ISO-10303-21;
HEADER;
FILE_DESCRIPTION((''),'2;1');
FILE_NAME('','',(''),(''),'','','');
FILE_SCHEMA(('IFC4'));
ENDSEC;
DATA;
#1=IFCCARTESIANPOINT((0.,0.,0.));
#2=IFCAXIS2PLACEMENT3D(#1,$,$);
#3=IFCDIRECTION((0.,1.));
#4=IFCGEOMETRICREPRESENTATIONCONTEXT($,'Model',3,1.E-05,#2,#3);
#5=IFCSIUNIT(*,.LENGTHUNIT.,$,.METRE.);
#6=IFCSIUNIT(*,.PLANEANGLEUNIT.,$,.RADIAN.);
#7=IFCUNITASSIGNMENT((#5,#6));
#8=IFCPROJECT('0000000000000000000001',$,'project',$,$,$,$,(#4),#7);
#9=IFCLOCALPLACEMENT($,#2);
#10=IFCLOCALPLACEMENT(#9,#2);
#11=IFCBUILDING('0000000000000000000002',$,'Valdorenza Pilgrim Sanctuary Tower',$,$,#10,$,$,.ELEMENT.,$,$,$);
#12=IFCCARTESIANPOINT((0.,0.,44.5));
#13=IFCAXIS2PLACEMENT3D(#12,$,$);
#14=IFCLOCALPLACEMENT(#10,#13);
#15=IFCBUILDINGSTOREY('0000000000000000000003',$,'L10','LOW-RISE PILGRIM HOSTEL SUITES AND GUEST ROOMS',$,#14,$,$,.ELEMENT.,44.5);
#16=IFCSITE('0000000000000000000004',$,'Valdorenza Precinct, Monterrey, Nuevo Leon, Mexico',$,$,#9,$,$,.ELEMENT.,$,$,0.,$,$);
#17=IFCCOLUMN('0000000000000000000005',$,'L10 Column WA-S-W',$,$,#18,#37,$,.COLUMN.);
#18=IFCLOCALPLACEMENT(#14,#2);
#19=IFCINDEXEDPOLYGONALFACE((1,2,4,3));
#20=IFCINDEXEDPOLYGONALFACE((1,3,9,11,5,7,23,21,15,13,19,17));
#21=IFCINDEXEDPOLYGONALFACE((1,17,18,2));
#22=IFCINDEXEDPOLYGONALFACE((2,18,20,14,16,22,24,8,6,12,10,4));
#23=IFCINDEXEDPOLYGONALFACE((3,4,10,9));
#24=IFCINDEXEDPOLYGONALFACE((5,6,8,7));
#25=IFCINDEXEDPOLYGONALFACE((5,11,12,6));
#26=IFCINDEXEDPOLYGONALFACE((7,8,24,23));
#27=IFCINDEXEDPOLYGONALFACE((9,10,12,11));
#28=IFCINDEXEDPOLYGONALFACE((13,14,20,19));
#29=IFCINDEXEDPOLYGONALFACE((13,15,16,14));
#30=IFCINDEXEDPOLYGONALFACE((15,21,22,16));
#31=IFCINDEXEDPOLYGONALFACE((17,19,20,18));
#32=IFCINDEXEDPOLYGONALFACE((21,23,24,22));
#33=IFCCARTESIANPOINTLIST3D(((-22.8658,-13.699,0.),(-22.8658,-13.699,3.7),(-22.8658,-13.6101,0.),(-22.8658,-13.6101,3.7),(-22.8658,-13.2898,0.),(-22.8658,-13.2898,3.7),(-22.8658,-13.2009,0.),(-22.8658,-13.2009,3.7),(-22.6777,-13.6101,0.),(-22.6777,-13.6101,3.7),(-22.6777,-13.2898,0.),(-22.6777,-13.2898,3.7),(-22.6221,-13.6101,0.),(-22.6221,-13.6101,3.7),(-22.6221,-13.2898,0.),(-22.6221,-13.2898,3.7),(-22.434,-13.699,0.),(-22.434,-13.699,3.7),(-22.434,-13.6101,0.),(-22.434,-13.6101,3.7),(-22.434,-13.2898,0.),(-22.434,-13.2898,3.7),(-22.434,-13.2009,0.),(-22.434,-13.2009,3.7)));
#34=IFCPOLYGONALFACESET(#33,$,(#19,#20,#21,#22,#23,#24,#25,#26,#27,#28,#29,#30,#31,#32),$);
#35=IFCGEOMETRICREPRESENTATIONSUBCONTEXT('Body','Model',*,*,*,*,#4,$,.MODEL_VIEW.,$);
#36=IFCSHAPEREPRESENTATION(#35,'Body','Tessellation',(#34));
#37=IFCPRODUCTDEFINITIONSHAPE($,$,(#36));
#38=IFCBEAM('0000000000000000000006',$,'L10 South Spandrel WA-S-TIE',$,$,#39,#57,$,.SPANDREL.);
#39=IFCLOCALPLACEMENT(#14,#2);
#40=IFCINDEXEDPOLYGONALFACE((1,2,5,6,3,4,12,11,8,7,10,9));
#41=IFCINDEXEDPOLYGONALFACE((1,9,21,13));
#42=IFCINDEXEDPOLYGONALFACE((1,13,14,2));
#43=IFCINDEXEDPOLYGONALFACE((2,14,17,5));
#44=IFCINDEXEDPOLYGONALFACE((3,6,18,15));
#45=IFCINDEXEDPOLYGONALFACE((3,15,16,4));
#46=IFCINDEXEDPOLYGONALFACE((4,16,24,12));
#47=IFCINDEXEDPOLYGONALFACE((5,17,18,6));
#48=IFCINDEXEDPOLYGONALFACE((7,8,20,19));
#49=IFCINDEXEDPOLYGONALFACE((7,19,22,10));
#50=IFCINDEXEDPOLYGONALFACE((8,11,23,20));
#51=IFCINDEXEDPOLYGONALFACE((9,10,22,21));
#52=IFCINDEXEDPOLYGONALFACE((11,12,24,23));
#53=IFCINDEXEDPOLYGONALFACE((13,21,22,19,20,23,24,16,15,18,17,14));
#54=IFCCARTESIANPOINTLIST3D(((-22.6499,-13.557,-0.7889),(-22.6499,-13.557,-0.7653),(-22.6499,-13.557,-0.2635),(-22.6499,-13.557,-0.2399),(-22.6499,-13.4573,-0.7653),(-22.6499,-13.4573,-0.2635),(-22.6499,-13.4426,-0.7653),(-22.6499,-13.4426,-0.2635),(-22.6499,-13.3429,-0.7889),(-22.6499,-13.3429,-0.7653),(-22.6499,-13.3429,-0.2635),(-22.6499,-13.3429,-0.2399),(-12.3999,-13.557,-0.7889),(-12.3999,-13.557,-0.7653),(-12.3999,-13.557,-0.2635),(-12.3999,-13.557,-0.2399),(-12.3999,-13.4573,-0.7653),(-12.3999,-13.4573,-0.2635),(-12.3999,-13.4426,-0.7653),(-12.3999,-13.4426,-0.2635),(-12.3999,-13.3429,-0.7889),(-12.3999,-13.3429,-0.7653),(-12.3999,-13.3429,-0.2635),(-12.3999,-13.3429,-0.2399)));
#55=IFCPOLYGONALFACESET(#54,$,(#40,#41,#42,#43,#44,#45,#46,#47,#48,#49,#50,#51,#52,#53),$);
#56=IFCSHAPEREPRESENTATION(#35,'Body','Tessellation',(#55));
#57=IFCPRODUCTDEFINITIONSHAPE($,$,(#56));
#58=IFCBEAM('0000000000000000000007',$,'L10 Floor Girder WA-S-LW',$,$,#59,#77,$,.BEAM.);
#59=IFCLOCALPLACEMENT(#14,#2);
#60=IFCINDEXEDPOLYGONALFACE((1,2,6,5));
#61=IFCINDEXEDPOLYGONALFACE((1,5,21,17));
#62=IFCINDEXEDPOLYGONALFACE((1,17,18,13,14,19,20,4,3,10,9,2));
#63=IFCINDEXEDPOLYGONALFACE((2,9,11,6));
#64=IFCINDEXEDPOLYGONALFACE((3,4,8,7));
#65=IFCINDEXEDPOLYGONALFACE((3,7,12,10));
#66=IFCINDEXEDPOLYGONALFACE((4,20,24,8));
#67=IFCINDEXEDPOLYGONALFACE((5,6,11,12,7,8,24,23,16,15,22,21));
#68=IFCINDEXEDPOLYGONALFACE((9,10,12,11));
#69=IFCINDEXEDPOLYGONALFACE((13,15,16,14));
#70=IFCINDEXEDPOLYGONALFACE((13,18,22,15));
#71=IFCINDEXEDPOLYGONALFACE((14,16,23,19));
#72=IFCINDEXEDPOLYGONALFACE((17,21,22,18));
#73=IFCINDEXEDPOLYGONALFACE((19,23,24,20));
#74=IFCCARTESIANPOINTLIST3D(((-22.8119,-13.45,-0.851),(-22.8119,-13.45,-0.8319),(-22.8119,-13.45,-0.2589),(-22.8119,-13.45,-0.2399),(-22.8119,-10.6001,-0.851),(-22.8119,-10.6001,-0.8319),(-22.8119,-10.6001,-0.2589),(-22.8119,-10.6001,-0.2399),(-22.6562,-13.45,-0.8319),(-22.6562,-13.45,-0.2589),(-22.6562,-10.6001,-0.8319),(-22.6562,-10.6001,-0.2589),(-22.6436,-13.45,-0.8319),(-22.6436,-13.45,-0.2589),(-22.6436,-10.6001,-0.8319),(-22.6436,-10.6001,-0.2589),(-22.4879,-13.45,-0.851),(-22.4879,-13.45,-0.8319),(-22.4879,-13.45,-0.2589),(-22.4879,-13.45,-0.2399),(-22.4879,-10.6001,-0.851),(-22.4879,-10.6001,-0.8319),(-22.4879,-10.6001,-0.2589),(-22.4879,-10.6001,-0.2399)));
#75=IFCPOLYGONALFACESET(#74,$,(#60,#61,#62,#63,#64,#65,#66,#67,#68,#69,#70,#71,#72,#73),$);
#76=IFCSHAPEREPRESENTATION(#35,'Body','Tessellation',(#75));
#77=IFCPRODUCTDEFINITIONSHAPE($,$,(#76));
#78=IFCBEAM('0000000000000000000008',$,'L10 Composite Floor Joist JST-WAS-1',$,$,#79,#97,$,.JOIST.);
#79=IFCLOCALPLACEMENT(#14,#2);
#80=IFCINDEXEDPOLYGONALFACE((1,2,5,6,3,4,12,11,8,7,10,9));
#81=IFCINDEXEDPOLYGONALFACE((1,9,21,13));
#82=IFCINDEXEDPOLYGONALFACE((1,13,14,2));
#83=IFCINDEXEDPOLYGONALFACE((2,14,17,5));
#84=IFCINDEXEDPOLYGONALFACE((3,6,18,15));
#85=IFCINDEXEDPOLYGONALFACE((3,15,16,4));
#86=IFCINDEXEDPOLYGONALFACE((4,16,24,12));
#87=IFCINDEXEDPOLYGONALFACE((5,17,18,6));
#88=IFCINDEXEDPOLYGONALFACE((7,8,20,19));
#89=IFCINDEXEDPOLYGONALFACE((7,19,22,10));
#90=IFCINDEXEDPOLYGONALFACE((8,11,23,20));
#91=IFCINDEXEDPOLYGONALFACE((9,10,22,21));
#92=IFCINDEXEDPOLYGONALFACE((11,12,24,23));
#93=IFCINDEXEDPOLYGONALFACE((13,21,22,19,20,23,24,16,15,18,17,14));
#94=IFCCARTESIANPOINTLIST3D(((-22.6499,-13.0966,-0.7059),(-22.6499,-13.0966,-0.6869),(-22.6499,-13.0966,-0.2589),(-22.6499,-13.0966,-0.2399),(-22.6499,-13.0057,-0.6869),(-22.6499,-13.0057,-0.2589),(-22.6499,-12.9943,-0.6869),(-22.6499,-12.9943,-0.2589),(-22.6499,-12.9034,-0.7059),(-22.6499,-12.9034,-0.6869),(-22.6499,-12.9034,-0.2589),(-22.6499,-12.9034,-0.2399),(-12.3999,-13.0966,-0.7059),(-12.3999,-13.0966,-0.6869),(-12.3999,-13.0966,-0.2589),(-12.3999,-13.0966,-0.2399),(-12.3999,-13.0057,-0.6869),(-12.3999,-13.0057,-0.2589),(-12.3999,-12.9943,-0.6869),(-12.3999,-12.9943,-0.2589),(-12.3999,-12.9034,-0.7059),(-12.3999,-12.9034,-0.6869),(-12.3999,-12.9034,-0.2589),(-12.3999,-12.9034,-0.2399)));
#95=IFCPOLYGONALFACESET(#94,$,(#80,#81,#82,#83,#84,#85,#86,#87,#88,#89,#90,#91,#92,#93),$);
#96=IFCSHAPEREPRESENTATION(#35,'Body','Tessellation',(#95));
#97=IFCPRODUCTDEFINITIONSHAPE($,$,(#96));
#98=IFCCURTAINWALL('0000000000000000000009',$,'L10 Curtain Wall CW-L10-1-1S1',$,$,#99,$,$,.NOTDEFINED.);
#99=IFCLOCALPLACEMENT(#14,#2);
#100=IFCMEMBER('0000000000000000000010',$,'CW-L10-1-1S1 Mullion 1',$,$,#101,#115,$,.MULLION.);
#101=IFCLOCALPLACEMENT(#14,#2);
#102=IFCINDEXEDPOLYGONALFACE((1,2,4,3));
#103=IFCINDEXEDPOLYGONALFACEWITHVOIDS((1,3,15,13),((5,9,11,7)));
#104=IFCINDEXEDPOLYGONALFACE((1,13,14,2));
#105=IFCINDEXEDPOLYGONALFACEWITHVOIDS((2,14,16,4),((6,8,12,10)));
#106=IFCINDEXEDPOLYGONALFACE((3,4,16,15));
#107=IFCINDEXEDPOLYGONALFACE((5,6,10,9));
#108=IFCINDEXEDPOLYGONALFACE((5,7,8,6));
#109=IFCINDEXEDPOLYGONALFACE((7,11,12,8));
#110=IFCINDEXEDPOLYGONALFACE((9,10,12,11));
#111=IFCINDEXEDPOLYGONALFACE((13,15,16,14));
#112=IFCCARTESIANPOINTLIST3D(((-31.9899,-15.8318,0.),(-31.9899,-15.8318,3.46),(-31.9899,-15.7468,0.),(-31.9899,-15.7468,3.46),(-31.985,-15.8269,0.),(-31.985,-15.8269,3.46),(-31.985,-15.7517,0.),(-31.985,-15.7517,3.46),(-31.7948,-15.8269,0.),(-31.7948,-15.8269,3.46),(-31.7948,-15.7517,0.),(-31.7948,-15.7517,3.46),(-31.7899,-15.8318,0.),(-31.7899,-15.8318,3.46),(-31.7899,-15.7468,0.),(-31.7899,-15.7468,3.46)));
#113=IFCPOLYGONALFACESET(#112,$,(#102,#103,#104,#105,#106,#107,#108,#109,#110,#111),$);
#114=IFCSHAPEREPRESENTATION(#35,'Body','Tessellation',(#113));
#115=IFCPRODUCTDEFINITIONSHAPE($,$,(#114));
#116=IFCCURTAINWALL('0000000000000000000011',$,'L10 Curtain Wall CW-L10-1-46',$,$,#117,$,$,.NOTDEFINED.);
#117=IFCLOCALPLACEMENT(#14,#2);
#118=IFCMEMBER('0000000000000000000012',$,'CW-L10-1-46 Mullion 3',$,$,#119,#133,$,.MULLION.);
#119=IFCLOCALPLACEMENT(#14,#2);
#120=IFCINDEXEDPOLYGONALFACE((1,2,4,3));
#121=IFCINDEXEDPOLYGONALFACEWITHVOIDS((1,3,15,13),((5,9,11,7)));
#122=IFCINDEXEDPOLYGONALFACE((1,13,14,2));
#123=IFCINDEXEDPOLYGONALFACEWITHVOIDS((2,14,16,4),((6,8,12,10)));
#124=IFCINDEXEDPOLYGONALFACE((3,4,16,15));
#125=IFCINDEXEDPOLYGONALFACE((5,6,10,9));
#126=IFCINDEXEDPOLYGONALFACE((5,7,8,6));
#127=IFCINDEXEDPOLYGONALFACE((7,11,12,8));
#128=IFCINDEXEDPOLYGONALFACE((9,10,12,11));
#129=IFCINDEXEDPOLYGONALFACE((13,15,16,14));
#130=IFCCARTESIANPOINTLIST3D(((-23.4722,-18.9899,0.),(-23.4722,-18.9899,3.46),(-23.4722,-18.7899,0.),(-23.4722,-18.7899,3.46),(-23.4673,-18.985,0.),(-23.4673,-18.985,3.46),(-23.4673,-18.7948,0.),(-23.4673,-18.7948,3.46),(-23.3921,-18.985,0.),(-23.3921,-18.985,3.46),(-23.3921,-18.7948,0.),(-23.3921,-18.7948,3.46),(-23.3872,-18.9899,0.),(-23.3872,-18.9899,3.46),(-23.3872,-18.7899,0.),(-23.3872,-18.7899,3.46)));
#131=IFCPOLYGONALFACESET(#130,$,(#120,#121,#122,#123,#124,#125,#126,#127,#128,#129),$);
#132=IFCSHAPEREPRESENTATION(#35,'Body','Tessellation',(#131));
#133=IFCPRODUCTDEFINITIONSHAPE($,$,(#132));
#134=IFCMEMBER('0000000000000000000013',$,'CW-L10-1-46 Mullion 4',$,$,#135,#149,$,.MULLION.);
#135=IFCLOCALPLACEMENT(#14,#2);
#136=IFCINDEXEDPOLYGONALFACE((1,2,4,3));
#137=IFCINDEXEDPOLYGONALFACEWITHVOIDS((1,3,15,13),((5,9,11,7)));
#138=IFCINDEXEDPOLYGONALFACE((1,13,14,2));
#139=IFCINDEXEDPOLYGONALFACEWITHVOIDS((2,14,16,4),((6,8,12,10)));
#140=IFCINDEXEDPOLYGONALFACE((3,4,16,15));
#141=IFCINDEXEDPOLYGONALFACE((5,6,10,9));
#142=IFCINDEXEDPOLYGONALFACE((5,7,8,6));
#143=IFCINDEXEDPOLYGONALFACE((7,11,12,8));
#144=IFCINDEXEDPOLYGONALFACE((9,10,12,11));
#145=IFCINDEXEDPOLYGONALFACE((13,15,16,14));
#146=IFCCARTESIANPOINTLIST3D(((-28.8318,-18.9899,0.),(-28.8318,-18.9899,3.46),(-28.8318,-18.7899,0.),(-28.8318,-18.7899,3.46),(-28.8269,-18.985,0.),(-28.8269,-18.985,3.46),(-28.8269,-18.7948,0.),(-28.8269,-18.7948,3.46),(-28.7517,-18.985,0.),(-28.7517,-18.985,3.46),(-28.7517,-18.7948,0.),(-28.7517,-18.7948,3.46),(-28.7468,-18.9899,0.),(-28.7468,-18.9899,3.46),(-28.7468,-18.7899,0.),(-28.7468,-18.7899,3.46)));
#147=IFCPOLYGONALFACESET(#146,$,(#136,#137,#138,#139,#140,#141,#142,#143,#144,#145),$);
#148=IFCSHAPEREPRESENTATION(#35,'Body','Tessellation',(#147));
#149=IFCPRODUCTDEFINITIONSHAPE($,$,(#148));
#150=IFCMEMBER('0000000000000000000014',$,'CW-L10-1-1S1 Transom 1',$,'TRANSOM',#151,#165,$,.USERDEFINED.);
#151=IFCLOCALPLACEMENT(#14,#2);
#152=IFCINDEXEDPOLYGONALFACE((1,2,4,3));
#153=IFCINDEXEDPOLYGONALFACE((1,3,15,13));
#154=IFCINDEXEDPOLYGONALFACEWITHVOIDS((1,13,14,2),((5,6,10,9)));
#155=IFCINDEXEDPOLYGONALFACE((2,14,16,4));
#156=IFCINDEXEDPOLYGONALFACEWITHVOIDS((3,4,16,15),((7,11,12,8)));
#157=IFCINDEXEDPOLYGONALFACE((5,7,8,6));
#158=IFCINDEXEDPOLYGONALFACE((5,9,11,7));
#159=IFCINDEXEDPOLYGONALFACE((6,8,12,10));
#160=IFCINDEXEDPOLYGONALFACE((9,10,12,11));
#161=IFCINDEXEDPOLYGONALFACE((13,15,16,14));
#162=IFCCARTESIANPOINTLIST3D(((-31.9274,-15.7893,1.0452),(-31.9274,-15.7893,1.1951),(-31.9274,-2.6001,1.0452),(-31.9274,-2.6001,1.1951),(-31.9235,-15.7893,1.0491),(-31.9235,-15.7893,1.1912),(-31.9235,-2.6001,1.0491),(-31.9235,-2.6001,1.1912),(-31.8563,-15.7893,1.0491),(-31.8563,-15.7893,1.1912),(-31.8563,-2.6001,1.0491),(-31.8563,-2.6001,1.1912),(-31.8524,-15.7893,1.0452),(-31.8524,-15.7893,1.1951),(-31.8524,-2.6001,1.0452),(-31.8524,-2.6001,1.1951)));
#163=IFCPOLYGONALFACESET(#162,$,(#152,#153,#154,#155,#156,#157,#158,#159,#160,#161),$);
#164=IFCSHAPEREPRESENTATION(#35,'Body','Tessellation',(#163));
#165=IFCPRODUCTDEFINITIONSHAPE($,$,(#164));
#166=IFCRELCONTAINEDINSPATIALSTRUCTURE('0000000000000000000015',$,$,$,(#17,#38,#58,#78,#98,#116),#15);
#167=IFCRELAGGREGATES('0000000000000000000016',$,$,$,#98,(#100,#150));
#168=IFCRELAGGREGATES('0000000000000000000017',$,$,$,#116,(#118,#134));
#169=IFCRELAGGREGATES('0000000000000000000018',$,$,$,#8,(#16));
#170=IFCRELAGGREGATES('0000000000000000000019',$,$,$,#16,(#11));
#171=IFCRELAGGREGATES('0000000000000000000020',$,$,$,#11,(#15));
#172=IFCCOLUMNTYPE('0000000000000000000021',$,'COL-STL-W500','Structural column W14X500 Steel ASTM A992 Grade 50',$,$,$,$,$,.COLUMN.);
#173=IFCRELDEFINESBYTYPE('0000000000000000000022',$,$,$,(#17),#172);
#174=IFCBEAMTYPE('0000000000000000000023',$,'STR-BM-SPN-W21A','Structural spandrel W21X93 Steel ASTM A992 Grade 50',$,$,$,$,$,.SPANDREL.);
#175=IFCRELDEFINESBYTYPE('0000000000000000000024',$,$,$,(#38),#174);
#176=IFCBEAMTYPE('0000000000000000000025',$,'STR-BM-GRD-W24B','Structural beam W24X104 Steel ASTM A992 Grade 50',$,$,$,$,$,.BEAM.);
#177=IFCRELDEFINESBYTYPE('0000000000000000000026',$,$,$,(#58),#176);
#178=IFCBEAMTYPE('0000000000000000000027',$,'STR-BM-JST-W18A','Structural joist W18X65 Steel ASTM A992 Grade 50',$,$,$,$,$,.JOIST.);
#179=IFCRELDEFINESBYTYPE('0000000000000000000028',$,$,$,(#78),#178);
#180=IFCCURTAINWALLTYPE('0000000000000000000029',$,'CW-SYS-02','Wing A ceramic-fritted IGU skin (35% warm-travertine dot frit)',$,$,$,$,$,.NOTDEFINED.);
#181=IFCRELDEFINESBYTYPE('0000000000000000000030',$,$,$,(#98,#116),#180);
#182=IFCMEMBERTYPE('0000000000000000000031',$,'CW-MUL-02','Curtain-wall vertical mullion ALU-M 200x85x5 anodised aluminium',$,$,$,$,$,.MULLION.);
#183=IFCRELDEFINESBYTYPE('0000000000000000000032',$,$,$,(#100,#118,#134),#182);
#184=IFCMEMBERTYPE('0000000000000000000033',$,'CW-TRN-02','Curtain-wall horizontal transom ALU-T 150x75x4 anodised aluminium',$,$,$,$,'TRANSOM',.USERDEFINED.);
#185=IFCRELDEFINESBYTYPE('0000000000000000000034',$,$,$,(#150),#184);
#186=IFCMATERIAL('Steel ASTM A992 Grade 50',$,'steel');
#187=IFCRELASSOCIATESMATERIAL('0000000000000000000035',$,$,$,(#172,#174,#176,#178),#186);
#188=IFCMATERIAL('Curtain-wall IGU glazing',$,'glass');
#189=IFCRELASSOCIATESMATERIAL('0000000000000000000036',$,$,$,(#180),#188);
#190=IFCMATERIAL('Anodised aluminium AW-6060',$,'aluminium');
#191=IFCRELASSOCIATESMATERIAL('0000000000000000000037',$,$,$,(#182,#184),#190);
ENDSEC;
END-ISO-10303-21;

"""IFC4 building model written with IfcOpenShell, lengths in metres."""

from ifc_helpers import new_model, si_unit, direction, frame, origin, origin_2d, place, context, subcontext, project, spatial, hollow_rectangle, i_section, extrude, source, transform, mapped, material, material_profile, profile_set, type_object, element, aggregate, save


model = new_model("IFC4")

# Units and contexts
model_context = context("Model", 3, precision=1e-05, world=origin(), true_north=direction((0.0, 1.0)))
body_context = subcontext(model_context, "Body", "Model", "MODEL_VIEW")
ifc_project = project(units=[si_unit("LENGTHUNIT", "METRE"), si_unit("PLANEANGLEUNIT", "RADIAN")], contexts=[model_context])

# Site, building, storey
site_placement = place(None, origin())
site = spatial("IfcSite", under=ifc_project, at=site_placement, Name="Valdorenza Precinct, Monterrey, Nuevo Leon, Mexico", CompositionType="ELEMENT", RefElevation=0.0)
building_placement = place(site_placement, origin())
building = spatial("IfcBuilding", under=site, at=building_placement, Name="Valdorenza Pilgrim Sanctuary Tower", CompositionType="ELEMENT")
storey_placement = place(building_placement, frame((0.0, 0.0, 44.5)))
storey = spatial("IfcBuildingStorey", under=building, at=storey_placement, Name="L10", Description="LOW-RISE PILGRIM HOSTEL SUITES AND GUEST ROOMS", CompositionType="ELEMENT", Elevation=44.5)

# Column
ifc_material_1 = material(Name="Steel ASTM A992 Grade 50", Category="steel")
ifc_material_profile_1 = material_profile(ifc_material_1, i_section(OverallWidth=0.4319, OverallDepth=0.498, WebThickness=0.0557, FlangeThickness=0.0889, at=origin_2d()), Name="W14X500")
ifc_profile_set_1 = profile_set([ifc_material_profile_1], Name="Steel ASTM A992 Grade 50")
column_type = type_object("IfcColumnType", Name="COL-STL-W500", Description="Structural column W14X500 Steel ASTM A992 Grade 50", PredefinedType="COLUMN", material=ifc_profile_set_1)
shared_shape_1 = source(origin(), body_context, "Body", "SweptSolid", [
    extrude(i_section(OverallWidth=0.4319, OverallDepth=0.498, WebThickness=0.0557, FlangeThickness=0.0889, at=origin_2d()), origin(), (0.0, 0.0, 1.0), 3.7),
])
column_placement = place(storey_placement, frame((-22.6499, -13.45, 0.0), z_axis=(0.0, 0.0, 1.0), x_axis=(1.0, 0.0, 0.0)))
element("IfcColumn", 1, at=column_placement, inside=storey, type_object=column_type, Name="L10 Column WA-S-W", PredefinedType="COLUMN", context=body_context, shape_type="MappedRepresentation", body=[
    mapped(shared_shape_1, transform((0.0, 0.0, 0.0), x_axis=(1.0, 0.0, 0.0), y_axis=(0.0, 1.0, 0.0), z_axis=(0.0, 0.0, 1.0), scale=1.0)),
])

# Beams
ifc_material_profile_2 = material_profile(ifc_material_1, i_section(OverallWidth=0.2141, OverallDepth=0.5491, WebThickness=0.0146, FlangeThickness=0.0237, at=origin_2d()), Name="W21X93")
ifc_profile_set_2 = profile_set([ifc_material_profile_2], Name="Steel ASTM A992 Grade 50")
beam_type_1 = type_object("IfcBeamType", Name="STR-BM-SPN-W21A", Description="Structural spandrel W21X93 Steel ASTM A992 Grade 50", PredefinedType="SPANDREL", material=ifc_profile_set_2)
shared_shape_2 = source(origin(), body_context, "Body", "SweptSolid", [
    extrude(i_section(OverallWidth=0.2141, OverallDepth=0.5491, WebThickness=0.0146, FlangeThickness=0.0237, at=origin_2d()), origin(), (0.0, 0.0, 1.0), 10.25),
])
beam_1_placement = place(storey_placement, frame((-22.6499, -13.45, -0.5144), z_axis=(1.0, 0.0, 0.0), x_axis=(0.0, 1.0, 0.0)))
element("IfcBeam", 2, at=beam_1_placement, inside=storey, type_object=beam_type_1, Name="L10 South Spandrel WA-S-TIE", PredefinedType="SPANDREL", context=body_context, shape_type="MappedRepresentation", body=[
    mapped(shared_shape_2, transform((0.0, 0.0, 0.0), x_axis=(1.0, 0.0, 0.0), y_axis=(0.0, 1.0, 0.0), z_axis=(0.0, 0.0, 1.0), scale=1.0)),
])
ifc_material_profile_3 = material_profile(ifc_material_1, i_section(OverallWidth=0.324, OverallDepth=0.6111, WebThickness=0.0127, FlangeThickness=0.019, at=origin_2d()), Name="W24X104")
ifc_profile_set_3 = profile_set([ifc_material_profile_3], Name="Steel ASTM A992 Grade 50")
beam_type_2 = type_object("IfcBeamType", Name="STR-BM-GRD-W24B", Description="Structural beam W24X104 Steel ASTM A992 Grade 50", PredefinedType="BEAM", material=ifc_profile_set_3)
shared_shape_3 = source(origin(), body_context, "Body", "SweptSolid", [
    extrude(i_section(OverallWidth=0.324, OverallDepth=0.6111, WebThickness=0.0127, FlangeThickness=0.019, at=origin_2d()), origin(), (0.0, 0.0, 1.0), 2.8499),
])
beam_2_placement = place(storey_placement, frame((-22.6499, -13.45, -0.5454), z_axis=(0.0, 1.0, 0.0), x_axis=(-1.0, 0.0, 0.0)))
element("IfcBeam", 3, at=beam_2_placement, inside=storey, type_object=beam_type_2, Name="L10 Floor Girder WA-S-LW", PredefinedType="BEAM", context=body_context, shape_type="MappedRepresentation", body=[
    mapped(shared_shape_3, transform((0.0, 0.0, 0.0), x_axis=(1.0, 0.0, 0.0), y_axis=(0.0, 1.0, 0.0), z_axis=(0.0, 0.0, 1.0), scale=1.0)),
])
ifc_material_profile_4 = material_profile(ifc_material_1, i_section(OverallWidth=0.1931, OverallDepth=0.4661, WebThickness=0.0115, FlangeThickness=0.019, at=origin_2d()), Name="W18X65")
ifc_profile_set_4 = profile_set([ifc_material_profile_4], Name="Steel ASTM A992 Grade 50")
beam_type_3 = type_object("IfcBeamType", Name="STR-BM-JST-W18A", Description="Structural joist W18X65 Steel ASTM A992 Grade 50", PredefinedType="JOIST", material=ifc_profile_set_4)
shared_shape_4 = source(origin(), body_context, "Body", "SweptSolid", [
    extrude(i_section(OverallWidth=0.1931, OverallDepth=0.4661, WebThickness=0.0115, FlangeThickness=0.019, at=origin_2d()), origin(), (0.0, 0.0, 1.0), 10.25),
])
beam_3_placement = place(storey_placement, frame((-22.6499, -13.0, -0.4729), z_axis=(1.0, 0.0, 0.0), x_axis=(0.0, 1.0, 0.0)))
element("IfcBeam", 4, at=beam_3_placement, inside=storey, type_object=beam_type_3, Name="L10 Composite Floor Joist JST-WAS-1", PredefinedType="JOIST", context=body_context, shape_type="MappedRepresentation", body=[
    mapped(shared_shape_4, transform((0.0, 0.0, 0.0), x_axis=(1.0, 0.0, 0.0), y_axis=(0.0, 1.0, 0.0), z_axis=(0.0, 0.0, 1.0), scale=1.0)),
])

# Curtain wall, member
ifc_material_2 = material(Name="Curtain-wall IGU glazing", Category="glass")
curtain_wall_type = type_object("IfcCurtainWallType", Name="CW-SYS-02", Description="Wing A ceramic-fritted IGU skin (35% warm-travertine dot frit)", PredefinedType="NOTDEFINED", material=ifc_material_2)
curtain_wall_1_placement = place(storey_placement, origin())
curtain_wall_1 = element("IfcCurtainWall", 5, at=curtain_wall_1_placement, inside=storey, type_object=curtain_wall_type, Name="L10 Curtain Wall CW-L10-1-1S1", PredefinedType="NOTDEFINED")
ifc_material_3 = material(Name="Anodised aluminium AW-6060", Category="aluminium")
ifc_material_profile_5 = material_profile(ifc_material_3, hollow_rectangle(XDim=0.085, YDim=0.2, WallThickness=0.0049, at=origin_2d()), Name="ALU-M 200x85x5")
ifc_profile_set_5 = profile_set([ifc_material_profile_5], Name="Anodised aluminium AW-6060")
member_type_1 = type_object("IfcMemberType", Name="CW-MUL-02", Description="Curtain-wall vertical mullion ALU-M 200x85x5 anodised aluminium", PredefinedType="MULLION", material=ifc_profile_set_5)
shared_shape_5 = source(origin(), body_context, "Body", "SweptSolid", [
    extrude(hollow_rectangle(XDim=0.085, YDim=0.2, WallThickness=0.0049, at=origin_2d()), origin(), (0.0, 0.0, 1.0), 3.46),
])
member_1_placement = place(storey_placement, frame((-31.8899, -15.7893, 0.0), z_axis=(0.0, 0.0, 1.0), x_axis=(0.0, 1.0, 0.0)))
member_1 = element("IfcMember", 6, at=member_1_placement, type_object=member_type_1, Name="CW-L10-1-1S1 Mullion 1", PredefinedType="MULLION", context=body_context, shape_type="MappedRepresentation", body=[
    mapped(shared_shape_5, transform((0.0, 0.0, 0.0), x_axis=(1.0, 0.0, 0.0), y_axis=(0.0, 1.0, 0.0), z_axis=(0.0, 0.0, 1.0), scale=1.0)),
])

# Curtain wall, members
curtain_wall_2_placement = place(storey_placement, origin())
curtain_wall_2 = element("IfcCurtainWall", 7, at=curtain_wall_2_placement, inside=storey, type_object=curtain_wall_type, Name="L10 Curtain Wall CW-L10-1-46", PredefinedType="NOTDEFINED")
member_2_placement = place(storey_placement, frame((-23.4297, -18.8899, 0.0), z_axis=(0.0, 0.0, 1.0), x_axis=(-1.0, 0.0, 0.0)))
member_2 = element("IfcMember", 8, at=member_2_placement, type_object=member_type_1, Name="CW-L10-1-46 Mullion 3", PredefinedType="MULLION", context=body_context, shape_type="MappedRepresentation", body=[
    mapped(shared_shape_5, transform((0.0, 0.0, 0.0), x_axis=(1.0, 0.0, 0.0), y_axis=(0.0, 1.0, 0.0), z_axis=(0.0, 0.0, 1.0), scale=1.0)),
])
member_3_placement = place(storey_placement, frame((-28.7893, -18.8899, 0.0), z_axis=(0.0, 0.0, 1.0), x_axis=(-1.0, 0.0, 0.0)))
member_3 = element("IfcMember", 9, at=member_3_placement, type_object=member_type_1, Name="CW-L10-1-46 Mullion 4", PredefinedType="MULLION", context=body_context, shape_type="MappedRepresentation", body=[
    mapped(shared_shape_5, transform((0.0, 0.0, 0.0), x_axis=(1.0, 0.0, 0.0), y_axis=(0.0, 1.0, 0.0), z_axis=(0.0, 0.0, 1.0), scale=1.0)),
])

# Member
ifc_material_profile_6 = material_profile(ifc_material_3, hollow_rectangle(XDim=0.075, YDim=0.1499, WallThickness=0.0039, at=origin_2d()), Name="ALU-T 150x75x4")
ifc_profile_set_6 = profile_set([ifc_material_profile_6], Name="Anodised aluminium AW-6060")
member_type_2 = type_object("IfcMemberType", Name="CW-TRN-02", Description="Curtain-wall horizontal transom ALU-T 150x75x4 anodised aluminium", ElementType="TRANSOM", PredefinedType="USERDEFINED", material=ifc_profile_set_6)
shared_shape_6 = source(origin(), body_context, "Body", "SweptSolid", [
    extrude(hollow_rectangle(XDim=0.075, YDim=0.1499, WallThickness=0.0039, at=origin_2d()), origin(), (0.0, 0.0, 1.0), 13.1892),
])
member_4_placement = place(storey_placement, frame((-31.8899, -15.7893, 1.1201), z_axis=(0.0, 1.0, 0.0), x_axis=(-1.0, 0.0, 0.0)))
member_4 = element("IfcMember", 10, at=member_4_placement, type_object=member_type_2, Name="CW-L10-1-1S1 Transom 1", ObjectType="TRANSOM", PredefinedType="USERDEFINED", context=body_context, shape_type="MappedRepresentation", body=[
    mapped(shared_shape_6, transform((0.0, 0.0, 0.0), x_axis=(1.0, 0.0, 0.0), y_axis=(0.0, 1.0, 0.0), z_axis=(0.0, 0.0, 1.0), scale=1.0)),
])
aggregate(curtain_wall_1, [member_1, member_4])

aggregate(curtain_wall_2, [member_2, member_3])

save(model, "model.ifc")
